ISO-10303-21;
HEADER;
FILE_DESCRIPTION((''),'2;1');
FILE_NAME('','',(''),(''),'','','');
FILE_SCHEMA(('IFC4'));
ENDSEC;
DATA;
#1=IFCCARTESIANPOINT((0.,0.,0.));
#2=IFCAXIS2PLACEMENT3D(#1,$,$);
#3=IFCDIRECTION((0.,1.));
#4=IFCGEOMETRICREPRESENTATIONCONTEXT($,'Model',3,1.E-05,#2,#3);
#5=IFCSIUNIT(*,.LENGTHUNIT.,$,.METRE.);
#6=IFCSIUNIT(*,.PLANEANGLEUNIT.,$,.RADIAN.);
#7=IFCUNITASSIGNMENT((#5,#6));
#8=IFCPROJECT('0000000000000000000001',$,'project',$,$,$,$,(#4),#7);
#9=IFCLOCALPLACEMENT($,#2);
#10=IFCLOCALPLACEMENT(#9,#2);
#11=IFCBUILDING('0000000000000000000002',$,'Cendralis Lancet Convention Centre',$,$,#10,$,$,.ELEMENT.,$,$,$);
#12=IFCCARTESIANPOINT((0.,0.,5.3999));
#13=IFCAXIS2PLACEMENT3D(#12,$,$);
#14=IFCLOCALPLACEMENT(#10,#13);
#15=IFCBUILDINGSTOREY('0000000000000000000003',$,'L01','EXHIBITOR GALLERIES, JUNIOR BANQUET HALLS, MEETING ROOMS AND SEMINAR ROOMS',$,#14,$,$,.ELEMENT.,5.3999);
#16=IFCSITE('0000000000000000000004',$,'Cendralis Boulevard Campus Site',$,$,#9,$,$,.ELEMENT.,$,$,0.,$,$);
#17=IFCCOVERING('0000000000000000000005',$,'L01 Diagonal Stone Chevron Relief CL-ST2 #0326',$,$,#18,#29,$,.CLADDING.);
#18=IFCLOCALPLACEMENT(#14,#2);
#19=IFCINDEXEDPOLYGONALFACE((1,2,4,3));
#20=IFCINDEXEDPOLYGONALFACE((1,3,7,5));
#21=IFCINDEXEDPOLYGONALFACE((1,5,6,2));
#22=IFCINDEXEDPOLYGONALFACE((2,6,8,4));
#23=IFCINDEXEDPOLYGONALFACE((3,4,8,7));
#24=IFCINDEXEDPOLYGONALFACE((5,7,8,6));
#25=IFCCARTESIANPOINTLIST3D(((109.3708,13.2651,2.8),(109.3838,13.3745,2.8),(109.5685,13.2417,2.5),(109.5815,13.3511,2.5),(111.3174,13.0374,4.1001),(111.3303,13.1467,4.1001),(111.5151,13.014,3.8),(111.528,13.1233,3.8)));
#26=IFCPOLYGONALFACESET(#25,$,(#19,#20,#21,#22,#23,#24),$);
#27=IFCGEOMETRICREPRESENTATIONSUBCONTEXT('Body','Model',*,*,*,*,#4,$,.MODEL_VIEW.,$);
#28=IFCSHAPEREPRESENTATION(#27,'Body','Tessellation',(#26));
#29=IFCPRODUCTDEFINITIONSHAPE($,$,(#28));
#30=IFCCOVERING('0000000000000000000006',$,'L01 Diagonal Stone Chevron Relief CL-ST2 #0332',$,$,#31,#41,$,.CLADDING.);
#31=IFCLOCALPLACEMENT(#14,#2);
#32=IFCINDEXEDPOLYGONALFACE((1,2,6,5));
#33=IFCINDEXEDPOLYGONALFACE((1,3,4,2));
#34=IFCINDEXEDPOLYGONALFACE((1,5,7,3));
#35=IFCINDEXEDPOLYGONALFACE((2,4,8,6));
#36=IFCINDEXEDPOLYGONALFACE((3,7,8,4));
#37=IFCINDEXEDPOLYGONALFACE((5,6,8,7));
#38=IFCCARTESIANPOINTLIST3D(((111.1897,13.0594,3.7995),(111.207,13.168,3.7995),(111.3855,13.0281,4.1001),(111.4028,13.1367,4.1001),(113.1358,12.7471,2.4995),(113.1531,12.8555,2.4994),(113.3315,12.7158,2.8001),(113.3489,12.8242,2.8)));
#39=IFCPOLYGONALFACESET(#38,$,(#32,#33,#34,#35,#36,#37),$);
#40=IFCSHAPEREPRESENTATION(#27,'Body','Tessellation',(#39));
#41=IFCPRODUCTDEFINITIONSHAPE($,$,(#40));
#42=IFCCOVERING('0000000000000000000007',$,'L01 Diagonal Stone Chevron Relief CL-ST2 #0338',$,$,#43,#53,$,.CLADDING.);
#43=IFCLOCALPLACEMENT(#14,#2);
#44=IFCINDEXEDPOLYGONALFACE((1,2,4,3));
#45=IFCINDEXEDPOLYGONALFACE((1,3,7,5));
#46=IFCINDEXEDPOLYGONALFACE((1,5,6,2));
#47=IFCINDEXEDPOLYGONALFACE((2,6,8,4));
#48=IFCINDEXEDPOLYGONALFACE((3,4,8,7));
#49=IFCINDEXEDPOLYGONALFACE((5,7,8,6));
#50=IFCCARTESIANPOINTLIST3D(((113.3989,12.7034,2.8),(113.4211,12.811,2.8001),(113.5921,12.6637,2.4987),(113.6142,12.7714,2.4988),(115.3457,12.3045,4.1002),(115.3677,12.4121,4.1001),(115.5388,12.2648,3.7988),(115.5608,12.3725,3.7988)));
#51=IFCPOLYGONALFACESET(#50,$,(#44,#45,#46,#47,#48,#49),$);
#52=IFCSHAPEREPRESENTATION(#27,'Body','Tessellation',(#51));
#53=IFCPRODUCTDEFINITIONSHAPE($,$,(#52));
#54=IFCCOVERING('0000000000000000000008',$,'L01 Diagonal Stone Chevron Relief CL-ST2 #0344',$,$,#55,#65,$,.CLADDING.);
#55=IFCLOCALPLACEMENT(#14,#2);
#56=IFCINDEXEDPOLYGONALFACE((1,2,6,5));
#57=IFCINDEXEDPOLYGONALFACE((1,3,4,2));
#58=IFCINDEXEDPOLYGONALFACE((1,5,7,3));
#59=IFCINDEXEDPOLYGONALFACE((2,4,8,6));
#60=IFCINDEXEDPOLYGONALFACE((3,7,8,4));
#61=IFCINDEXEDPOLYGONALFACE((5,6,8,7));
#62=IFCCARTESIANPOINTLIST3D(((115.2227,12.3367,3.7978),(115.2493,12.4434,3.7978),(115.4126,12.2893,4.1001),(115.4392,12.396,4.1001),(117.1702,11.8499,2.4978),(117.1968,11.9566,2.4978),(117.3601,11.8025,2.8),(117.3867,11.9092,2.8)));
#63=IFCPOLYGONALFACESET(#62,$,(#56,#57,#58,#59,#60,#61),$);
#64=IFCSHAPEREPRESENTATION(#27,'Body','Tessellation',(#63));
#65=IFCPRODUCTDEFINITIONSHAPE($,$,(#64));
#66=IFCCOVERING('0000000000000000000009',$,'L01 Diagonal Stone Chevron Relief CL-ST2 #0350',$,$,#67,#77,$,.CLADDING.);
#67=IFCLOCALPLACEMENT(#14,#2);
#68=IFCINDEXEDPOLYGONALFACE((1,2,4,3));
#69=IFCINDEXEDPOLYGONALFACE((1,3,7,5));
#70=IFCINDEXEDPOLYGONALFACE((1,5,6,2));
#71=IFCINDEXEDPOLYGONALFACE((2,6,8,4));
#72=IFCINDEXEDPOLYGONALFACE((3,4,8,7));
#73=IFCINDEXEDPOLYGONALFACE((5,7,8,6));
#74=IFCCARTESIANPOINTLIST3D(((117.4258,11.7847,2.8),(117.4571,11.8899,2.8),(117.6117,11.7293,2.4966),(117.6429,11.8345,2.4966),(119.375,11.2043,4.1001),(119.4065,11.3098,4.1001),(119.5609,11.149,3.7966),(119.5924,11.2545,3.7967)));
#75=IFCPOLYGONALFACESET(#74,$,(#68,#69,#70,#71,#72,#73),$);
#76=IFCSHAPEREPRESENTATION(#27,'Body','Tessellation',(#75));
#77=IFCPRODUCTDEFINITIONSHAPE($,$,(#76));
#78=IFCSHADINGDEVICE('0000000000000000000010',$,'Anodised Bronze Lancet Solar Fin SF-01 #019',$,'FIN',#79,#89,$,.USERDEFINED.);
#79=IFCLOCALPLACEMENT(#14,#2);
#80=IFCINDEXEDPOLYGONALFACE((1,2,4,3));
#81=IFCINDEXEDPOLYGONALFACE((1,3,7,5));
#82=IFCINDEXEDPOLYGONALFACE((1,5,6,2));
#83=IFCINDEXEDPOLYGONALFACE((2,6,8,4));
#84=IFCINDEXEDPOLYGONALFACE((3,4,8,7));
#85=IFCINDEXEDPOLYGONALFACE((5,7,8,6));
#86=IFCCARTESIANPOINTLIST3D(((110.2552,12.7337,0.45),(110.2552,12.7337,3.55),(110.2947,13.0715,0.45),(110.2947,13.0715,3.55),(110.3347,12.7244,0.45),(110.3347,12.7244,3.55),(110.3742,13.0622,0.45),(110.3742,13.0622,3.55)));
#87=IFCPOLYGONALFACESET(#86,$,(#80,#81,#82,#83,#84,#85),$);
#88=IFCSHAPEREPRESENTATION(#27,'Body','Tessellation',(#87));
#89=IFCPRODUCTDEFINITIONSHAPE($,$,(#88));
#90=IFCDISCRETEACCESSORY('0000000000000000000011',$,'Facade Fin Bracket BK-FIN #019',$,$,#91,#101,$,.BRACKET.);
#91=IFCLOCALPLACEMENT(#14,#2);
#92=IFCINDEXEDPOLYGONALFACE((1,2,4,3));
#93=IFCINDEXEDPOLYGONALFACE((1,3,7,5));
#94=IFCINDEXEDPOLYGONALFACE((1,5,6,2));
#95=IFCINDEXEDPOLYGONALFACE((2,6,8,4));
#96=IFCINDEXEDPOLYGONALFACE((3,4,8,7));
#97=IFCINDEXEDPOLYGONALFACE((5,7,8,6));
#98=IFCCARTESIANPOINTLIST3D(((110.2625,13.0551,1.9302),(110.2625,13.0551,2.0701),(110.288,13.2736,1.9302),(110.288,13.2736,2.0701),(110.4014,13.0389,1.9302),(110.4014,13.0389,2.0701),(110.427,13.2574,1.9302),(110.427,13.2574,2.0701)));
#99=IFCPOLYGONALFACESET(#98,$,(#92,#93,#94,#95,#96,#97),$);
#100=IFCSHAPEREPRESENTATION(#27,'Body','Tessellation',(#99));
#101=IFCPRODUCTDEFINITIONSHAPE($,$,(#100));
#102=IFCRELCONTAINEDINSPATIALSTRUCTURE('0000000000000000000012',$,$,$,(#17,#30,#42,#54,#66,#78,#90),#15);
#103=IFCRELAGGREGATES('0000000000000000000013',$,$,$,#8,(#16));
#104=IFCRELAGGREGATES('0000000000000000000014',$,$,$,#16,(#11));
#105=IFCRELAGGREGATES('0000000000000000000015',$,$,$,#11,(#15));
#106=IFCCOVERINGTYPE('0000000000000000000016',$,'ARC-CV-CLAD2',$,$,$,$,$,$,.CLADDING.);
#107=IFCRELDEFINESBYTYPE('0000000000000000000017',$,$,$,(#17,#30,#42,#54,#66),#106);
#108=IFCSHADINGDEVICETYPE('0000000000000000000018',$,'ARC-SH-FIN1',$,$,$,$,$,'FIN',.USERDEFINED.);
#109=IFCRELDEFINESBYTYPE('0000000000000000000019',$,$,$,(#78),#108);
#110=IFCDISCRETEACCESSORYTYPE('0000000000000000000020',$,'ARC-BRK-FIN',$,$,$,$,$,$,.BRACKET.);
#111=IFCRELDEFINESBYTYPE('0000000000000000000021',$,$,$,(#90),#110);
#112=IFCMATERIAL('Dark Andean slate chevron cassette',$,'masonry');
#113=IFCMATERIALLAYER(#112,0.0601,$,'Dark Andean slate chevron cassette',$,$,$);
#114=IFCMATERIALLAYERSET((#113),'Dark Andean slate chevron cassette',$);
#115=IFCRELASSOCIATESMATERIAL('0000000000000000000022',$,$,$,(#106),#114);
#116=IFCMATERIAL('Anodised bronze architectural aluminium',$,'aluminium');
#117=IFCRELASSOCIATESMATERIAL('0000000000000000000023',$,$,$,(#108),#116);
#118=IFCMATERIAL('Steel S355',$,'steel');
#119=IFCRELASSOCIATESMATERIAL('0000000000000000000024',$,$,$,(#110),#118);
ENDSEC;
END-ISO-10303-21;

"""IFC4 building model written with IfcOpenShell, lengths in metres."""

from ifc_helpers import new_model, si_unit, direction, frame, origin, origin_2d, place, context, subcontext, project, spatial, polyline, rectangle, outline, extrude, material, layer, layer_set, type_object, element, save


model = new_model("IFC4")

# Units and contexts
model_context = context("Model", 3, precision=1e-05, world=origin(), true_north=direction((0.0, 1.0)))
body_context = subcontext(model_context, "Body", "Model", "MODEL_VIEW")
ifc_project = project(units=[si_unit("LENGTHUNIT", "METRE"), si_unit("PLANEANGLEUNIT", "RADIAN")], contexts=[model_context])

# Site, building, storey
site_placement = place(None, origin())
site = spatial("IfcSite", under=ifc_project, at=site_placement, Name="Cendralis Boulevard Campus Site", CompositionType="ELEMENT", RefElevation=0.0)
building_placement = place(site_placement, origin())
building = spatial("IfcBuilding", under=site, at=building_placement, Name="Cendralis Lancet Convention Centre", CompositionType="ELEMENT")
storey_placement = place(building_placement, frame((0.0, 0.0, 5.3999)))
storey = spatial("IfcBuildingStorey", under=building, at=storey_placement, Name="L01", Description="EXHIBITOR GALLERIES, JUNIOR BANQUET HALLS, MEETING ROOMS AND SEMINAR ROOMS", CompositionType="ELEMENT", Elevation=5.3999)

# Shared definitions
ifc_material_1 = material(Name="Dark Andean slate chevron cassette", Category="masonry")

# Coverings
ifc_layer_1 = layer(ifc_material_1, 0.0601, Name="Dark Andean slate chevron cassette")
ifc_layer_set_1 = layer_set([ifc_layer_1], Name="Dark Andean slate chevron cassette")
covering_type_1 = type_object("IfcCoveringType", Name="ARC-CV-CLAD2", PredefinedType="CLADDING", material=ifc_layer_set_1)
covering_1_placement = place(storey_placement, frame((109.3708, 13.2651, 2.8), z_axis=(-0.548959, 0.064944, 0.833322), x_axis=(0.827675, -0.096854, 0.552787)))
element("IfcCovering", 1, at=covering_1_placement, inside=storey, type_object=covering_type_1, Name="L01 Diagonal Stone Chevron Relief CL-ST2 #0326", PredefinedType="CLADDING", context=body_context, shape_type="SweptSolid", body=[
    extrude(outline(polyline([(0.0, 0.0), (2.3518, 0.0), (2.3519, 0.1101), (0.0001, 0.1101), (0.0, 0.0)])), origin(), (0.0, 0.0, -1.0), 0.3601),
])
covering_2_placement = place(storey_placement, frame((111.3855, 13.0281, 4.1001), z_axis=(0.543719, -0.086848, 0.834762), x_axis=(0.824219, -0.132251, -0.550611)))
element("IfcCovering", 2, at=covering_2_placement, inside=storey, type_object=covering_type_1, Name="L01 Diagonal Stone Chevron Relief CL-ST2 #0332", PredefinedType="CLADDING", context=body_context, shape_type="SweptSolid", body=[
    extrude(outline(polyline([(0.0, 0.0), (2.3611, 0.0), (2.361, 0.1098), (-0.0001, 0.11), (0.0, 0.0)])), origin(), (0.0, 0.0, -1.0), 0.3601),
])
covering_3_placement = place(storey_placement, frame((113.3989, 12.7034, 2.8), z_axis=(-0.536304, 0.110058, 0.836818), x_axis=(0.819784, -0.167987, 0.547481)))
element("IfcCovering", 3, at=covering_3_placement, inside=storey, type_object=covering_type_1, Name="L01 Diagonal Stone Chevron Relief CL-ST2 #0338", PredefinedType="CLADDING", context=body_context, shape_type="SweptSolid", body=[
    extrude(outline(polyline([(0.0, 0.0), (2.3747, 0.0), (2.3746, 0.1099), (0.0001, 0.1099), (0.0, 0.0)])), origin(), (0.0, 0.0, -1.0), 0.3601),
])
covering_4_placement = place(storey_placement, frame((115.4126, 12.2893, 4.1001), z_axis=(0.527423, -0.131554, 0.839356), x_axis=(0.814301, -0.20355, -0.543582)))
element("IfcCovering", 4, at=covering_4_placement, inside=storey, type_object=covering_type_1, Name="L01 Diagonal Stone Chevron Relief CL-ST2 #0344", PredefinedType="CLADDING", context=body_context, shape_type="SweptSolid", body=[
    extrude(outline(polyline([(0.0, 0.0), (2.3916, 0.0), (2.3916, 0.11), (0.0, 0.11), (0.0, 0.0)])), origin(), (0.0, 0.0, -1.0), 0.3601),
])
covering_5_placement = place(storey_placement, frame((117.4258, 11.7847, 2.8), z_axis=(-0.516176, 0.153716, 0.842576), x_axis=(0.807546, -0.240423, 0.538578)))
element("IfcCovering", 5, at=covering_5_placement, inside=storey, type_object=covering_type_1, Name="L01 Diagonal Stone Chevron Relief CL-ST2 #0350", PredefinedType="CLADDING", context=body_context, shape_type="SweptSolid", body=[
    extrude(outline(polyline([(0.0, 0.0), (2.4138, 0.0), (2.4139, 0.1101), (-0.0001, 0.1098), (0.0, 0.0)])), origin(), (0.0, 0.0, -1.0), 0.3601),
])

# Shading device
ifc_material_2 = material(Name="Anodised bronze architectural aluminium", Category="aluminium")
shading_device_type = type_object("IfcShadingDeviceType", Name="ARC-SH-FIN1", ElementType="FIN", PredefinedType="USERDEFINED", material=ifc_material_2)
shading_device_placement = place(storey_placement, frame((110.3147, 12.8979, 0.45), z_axis=(0.0, 0.0, 1.0), x_axis=(0.993228, -0.116185, 0.0)))
element("IfcShadingDevice", 6, at=shading_device_placement, inside=storey, type_object=shading_device_type, Name="Anodised Bronze Lancet Solar Fin SF-01 #019", ObjectType="FIN", PredefinedType="USERDEFINED", context=body_context, shape_type="SweptSolid", body=[
    extrude(rectangle(XDim=0.0801, YDim=0.3401, at=origin_2d()), origin(), (0.0, 0.0, 1.0), 3.1001),
])

# Discrete accessory
ifc_material_3 = material(Name="Steel S355", Category="steel")
discrete_accessory_type = type_object("IfcDiscreteAccessoryType", Name="ARC-BRK-FIN", PredefinedType="BRACKET", material=ifc_material_3)
discrete_accessory_placement = place(storey_placement, frame((110.3447, 13.1562, 1.9302), z_axis=(0.0, 0.0, 1.0), x_axis=(0.993228, -0.116185, 0.0)))
element("IfcDiscreteAccessory", 7, at=discrete_accessory_placement, inside=storey, type_object=discrete_accessory_type, Name="Facade Fin Bracket BK-FIN #019", PredefinedType="BRACKET", context=body_context, shape_type="SweptSolid", body=[
    extrude(rectangle(XDim=0.1399, YDim=0.22, at=origin_2d()), origin(), (0.0, 0.0, 1.0), 0.1399),
])

save(model, "model.ifc")
